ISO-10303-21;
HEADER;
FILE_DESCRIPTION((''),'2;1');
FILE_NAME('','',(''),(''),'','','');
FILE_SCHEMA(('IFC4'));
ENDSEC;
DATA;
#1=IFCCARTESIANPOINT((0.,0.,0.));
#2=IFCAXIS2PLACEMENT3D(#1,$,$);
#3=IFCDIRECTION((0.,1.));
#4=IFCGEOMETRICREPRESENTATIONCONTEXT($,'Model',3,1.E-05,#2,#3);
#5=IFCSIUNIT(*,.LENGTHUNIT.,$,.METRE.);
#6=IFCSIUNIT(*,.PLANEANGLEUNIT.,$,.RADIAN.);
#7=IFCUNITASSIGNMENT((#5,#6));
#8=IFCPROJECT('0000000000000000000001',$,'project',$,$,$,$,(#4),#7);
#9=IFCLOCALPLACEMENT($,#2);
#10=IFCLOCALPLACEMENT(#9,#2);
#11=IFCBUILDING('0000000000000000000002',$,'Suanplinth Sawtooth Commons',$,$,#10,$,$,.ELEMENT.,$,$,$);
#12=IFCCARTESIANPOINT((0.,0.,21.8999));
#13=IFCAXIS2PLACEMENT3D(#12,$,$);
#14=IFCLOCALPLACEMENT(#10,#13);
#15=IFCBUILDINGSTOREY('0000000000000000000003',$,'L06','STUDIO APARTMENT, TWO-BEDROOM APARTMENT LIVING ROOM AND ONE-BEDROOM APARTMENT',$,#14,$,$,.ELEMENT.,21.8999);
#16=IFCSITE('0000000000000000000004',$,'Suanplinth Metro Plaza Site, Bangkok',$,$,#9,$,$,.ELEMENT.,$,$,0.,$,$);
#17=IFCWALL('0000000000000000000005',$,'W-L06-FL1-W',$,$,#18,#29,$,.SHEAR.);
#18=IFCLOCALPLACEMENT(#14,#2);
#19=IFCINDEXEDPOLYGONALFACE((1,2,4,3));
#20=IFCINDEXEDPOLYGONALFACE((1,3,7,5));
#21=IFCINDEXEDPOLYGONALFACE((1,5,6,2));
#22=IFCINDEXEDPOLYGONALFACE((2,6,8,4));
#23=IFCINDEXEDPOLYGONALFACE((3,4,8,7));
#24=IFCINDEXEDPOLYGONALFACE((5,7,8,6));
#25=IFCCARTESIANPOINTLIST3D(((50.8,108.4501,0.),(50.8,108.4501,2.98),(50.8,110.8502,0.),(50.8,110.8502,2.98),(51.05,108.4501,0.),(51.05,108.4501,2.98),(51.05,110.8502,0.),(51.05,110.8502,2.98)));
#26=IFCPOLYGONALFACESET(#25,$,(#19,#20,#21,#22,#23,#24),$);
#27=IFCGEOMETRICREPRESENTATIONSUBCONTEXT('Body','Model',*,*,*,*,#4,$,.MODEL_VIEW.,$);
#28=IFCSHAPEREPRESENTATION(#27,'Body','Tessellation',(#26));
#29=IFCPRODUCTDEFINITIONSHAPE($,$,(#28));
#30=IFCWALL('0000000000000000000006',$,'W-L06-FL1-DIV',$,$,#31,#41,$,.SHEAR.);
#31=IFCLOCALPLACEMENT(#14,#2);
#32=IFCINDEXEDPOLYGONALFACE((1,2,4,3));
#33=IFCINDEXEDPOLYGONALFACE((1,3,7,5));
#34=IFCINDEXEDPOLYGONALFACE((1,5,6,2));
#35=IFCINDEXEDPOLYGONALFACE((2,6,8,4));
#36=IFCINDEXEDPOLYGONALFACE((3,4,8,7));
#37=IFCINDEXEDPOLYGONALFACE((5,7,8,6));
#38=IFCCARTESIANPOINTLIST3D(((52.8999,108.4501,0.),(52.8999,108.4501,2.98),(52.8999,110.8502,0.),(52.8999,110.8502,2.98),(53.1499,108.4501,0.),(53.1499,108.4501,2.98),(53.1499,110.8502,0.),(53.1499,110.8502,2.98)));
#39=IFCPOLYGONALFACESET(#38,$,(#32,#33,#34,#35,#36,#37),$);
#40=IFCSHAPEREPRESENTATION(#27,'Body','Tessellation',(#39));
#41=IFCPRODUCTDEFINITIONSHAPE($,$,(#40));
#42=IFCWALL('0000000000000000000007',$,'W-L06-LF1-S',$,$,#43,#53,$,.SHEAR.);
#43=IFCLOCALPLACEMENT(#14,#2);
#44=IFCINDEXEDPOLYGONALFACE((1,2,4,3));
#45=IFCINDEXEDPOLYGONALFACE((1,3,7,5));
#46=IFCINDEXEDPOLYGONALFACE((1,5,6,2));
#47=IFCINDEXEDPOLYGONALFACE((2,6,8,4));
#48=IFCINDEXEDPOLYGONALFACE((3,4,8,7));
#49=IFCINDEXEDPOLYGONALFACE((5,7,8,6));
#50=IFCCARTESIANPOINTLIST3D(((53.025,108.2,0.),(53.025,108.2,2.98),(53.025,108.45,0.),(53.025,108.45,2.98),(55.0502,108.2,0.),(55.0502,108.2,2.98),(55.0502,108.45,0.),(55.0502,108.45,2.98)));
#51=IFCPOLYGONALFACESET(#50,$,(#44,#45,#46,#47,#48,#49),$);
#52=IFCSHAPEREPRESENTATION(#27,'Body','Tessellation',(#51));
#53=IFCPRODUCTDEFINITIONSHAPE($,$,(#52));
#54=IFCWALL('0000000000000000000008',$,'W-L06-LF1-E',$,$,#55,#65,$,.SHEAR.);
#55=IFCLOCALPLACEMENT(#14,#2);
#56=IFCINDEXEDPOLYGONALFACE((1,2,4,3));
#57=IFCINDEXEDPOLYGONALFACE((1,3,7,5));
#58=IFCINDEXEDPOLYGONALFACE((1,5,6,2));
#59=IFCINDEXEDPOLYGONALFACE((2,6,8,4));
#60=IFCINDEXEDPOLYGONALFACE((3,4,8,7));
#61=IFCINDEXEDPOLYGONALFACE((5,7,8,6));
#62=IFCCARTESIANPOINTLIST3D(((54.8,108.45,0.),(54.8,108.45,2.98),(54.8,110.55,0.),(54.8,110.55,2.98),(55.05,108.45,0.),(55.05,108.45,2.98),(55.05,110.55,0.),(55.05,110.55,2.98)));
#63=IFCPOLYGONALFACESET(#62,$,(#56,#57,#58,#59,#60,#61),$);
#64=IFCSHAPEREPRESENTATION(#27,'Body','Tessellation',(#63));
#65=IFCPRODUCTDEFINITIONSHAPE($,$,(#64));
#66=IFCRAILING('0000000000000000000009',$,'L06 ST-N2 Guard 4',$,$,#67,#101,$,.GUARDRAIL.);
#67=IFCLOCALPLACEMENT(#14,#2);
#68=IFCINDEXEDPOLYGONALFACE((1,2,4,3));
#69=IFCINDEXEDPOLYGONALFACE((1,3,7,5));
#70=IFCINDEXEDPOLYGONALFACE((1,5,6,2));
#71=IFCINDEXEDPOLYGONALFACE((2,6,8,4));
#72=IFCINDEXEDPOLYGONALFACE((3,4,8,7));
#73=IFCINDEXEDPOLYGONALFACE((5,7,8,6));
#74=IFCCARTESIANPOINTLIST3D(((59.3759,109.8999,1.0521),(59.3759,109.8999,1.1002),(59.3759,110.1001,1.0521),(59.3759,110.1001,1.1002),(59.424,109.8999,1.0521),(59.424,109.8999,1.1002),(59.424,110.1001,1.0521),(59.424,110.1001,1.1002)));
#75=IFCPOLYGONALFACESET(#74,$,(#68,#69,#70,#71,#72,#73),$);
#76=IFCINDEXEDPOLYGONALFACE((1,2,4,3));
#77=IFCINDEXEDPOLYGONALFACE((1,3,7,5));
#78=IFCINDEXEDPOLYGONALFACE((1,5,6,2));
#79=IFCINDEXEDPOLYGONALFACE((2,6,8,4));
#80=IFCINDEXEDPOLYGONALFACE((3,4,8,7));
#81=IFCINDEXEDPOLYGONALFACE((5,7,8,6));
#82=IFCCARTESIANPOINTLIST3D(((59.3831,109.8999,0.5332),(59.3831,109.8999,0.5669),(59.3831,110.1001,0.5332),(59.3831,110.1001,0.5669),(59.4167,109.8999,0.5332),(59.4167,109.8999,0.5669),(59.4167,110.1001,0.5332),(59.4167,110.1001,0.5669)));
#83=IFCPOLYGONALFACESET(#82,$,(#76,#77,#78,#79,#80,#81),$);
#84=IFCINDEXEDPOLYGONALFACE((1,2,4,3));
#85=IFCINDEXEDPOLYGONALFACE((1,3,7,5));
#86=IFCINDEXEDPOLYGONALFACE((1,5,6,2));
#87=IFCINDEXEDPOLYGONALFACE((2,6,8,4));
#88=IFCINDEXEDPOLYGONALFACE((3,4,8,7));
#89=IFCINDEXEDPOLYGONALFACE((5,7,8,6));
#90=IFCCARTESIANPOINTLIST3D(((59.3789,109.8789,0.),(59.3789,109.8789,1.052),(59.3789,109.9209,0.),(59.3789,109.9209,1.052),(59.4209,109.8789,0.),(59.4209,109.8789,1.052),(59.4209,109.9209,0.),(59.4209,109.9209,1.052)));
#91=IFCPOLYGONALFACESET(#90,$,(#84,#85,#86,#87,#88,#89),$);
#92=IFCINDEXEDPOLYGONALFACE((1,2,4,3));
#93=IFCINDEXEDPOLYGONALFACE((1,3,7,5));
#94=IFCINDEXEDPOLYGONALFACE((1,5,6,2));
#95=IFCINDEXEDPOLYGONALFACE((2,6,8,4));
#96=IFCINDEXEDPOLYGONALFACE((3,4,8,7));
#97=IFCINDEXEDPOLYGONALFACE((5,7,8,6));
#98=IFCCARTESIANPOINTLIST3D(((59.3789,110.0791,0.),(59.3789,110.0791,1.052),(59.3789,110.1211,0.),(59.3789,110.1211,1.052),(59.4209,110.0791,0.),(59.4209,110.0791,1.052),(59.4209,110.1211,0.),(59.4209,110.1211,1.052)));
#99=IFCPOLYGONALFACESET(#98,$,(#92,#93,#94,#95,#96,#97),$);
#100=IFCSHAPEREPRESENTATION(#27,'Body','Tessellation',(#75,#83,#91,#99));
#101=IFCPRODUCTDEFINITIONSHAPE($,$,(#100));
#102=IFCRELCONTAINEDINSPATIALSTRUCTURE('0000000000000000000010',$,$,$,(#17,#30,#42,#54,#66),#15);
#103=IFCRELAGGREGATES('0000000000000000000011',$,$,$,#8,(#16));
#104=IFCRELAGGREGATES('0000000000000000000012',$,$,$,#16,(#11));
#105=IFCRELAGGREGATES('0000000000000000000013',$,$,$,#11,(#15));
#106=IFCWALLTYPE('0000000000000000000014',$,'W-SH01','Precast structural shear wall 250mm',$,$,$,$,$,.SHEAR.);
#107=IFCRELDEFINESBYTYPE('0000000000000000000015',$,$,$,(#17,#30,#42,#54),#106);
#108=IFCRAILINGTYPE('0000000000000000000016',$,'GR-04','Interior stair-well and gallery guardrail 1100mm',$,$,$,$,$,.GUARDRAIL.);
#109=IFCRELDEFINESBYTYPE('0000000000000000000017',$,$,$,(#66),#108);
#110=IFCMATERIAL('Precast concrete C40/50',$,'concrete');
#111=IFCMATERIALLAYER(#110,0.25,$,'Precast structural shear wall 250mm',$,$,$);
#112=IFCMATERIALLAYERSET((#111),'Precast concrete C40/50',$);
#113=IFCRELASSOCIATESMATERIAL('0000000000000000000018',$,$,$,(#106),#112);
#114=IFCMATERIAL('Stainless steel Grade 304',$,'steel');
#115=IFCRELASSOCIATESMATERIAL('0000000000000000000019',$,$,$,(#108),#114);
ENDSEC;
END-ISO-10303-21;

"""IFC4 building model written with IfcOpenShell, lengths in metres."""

from ifc_helpers import new_model, si_unit, direction, frame, frame_2d, origin, origin_2d, place, context, subcontext, project, spatial, rectangle, extrude, material, layer, layer_set, type_object, element, save


model = new_model("IFC4")

# Units and contexts
model_context = context("Model", 3, precision=1e-05, world=origin(), true_north=direction((0.0, 1.0)))
body_context = subcontext(model_context, "Body", "Model", "MODEL_VIEW")
ifc_project = project(units=[si_unit("LENGTHUNIT", "METRE"), si_unit("PLANEANGLEUNIT", "RADIAN")], contexts=[model_context])

# Site, building, storey
site_placement = place(None, origin())
site = spatial("IfcSite", under=ifc_project, at=site_placement, Name="Suanplinth Metro Plaza Site, Bangkok", CompositionType="ELEMENT", RefElevation=0.0)
building_placement = place(site_placement, origin())
building = spatial("IfcBuilding", under=site, at=building_placement, Name="Suanplinth Sawtooth Commons", CompositionType="ELEMENT")
storey_placement = place(building_placement, frame((0.0, 0.0, 21.8999)))
storey = spatial("IfcBuildingStorey", under=building, at=storey_placement, Name="L06", Description="STUDIO APARTMENT, TWO-BEDROOM APARTMENT LIVING ROOM AND ONE-BEDROOM APARTMENT", CompositionType="ELEMENT", Elevation=21.8999)

# Shared definitions
ifc_material_1 = material(Name="Precast concrete C40/50", Category="concrete")

# Shared definitions
ifc_layer_1 = layer(ifc_material_1, 0.25, Name="Precast structural shear wall 250mm")
ifc_layer_set_1 = layer_set([ifc_layer_1], Name="Precast concrete C40/50")
wall_type_1 = type_object("IfcWallType", Name="W-SH01", Description="Precast structural shear wall 250mm", PredefinedType="SHEAR", material=ifc_layer_set_1)
ifc_material_2 = material(Name="Stainless steel Grade 304", Category="steel")

# Walls
for number, where, z_axis, x_axis, name in (
    (1, (50.925, 108.45, 0.0), (0.0, 0.0, 1.0), (0.0, 1.0, 0.0), "W-L06-FL1-W"),
    (2, (53.0249, 108.45, 0.0), (0.0, 0.0, 1.0), (0.0, 1.0, 0.0), "W-L06-FL1-DIV"),
):
    element("IfcWall", number, at=place(storey_placement, frame(where, z_axis=z_axis, x_axis=x_axis)), inside=storey, type_object=wall_type_1, Name=name, PredefinedType="SHEAR", context=body_context, shape_type="SweptSolid", body=[
        extrude(rectangle(XDim=2.4001, YDim=0.25, at=frame_2d((1.2002, 0.0))), origin(), (0.0, 0.0, 1.0), 2.98),
    ])
wall_1_placement = place(storey_placement, frame((53.0249, 108.325, 0.0), z_axis=(0.0, 0.0, 1.0), x_axis=(1.0, 0.0, 0.0)))
element("IfcWall", 3, at=wall_1_placement, inside=storey, type_object=wall_type_1, Name="W-L06-LF1-S", PredefinedType="SHEAR", context=body_context, shape_type="SweptSolid", body=[
    extrude(rectangle(XDim=2.0251, YDim=0.25, at=frame_2d((1.0127, 0.0))), origin(), (0.0, 0.0, 1.0), 2.98),
])

# Wall
wall_2_placement = place(storey_placement, frame((54.925, 108.45, 0.0), z_axis=(0.0, 0.0, 1.0), x_axis=(0.0, 1.0, 0.0)))
element("IfcWall", 4, at=wall_2_placement, inside=storey, type_object=wall_type_1, Name="W-L06-LF1-E", PredefinedType="SHEAR", context=body_context, shape_type="SweptSolid", body=[
    extrude(rectangle(XDim=2.1001, YDim=0.25, at=frame_2d((1.05, 0.0))), origin(), (0.0, 0.0, 1.0), 2.98),
])

# Railing
railing_type = type_object("IfcRailingType", Name="GR-04", Description="Interior stair-well and gallery guardrail 1100mm", PredefinedType="GUARDRAIL", material=ifc_material_2)
railing_placement = place(storey_placement, frame((59.3999, 109.8999, 0.0)))
element("IfcRailing", 5, at=railing_placement, inside=storey, type_object=railing_type, Name="L06 ST-N2 Guard 4", PredefinedType="GUARDRAIL", context=body_context, shape_type="SweptSolid", body=[
    extrude(rectangle(XDim=0.0481, YDim=0.0481, at=origin_2d()), frame((0.0, 0.0, 1.0762), z_axis=(0.0, 1.0, 0.0), x_axis=(-1.0, 0.0, 0.0)), (0.0, 0.0, 1.0), 0.2002),
    extrude(rectangle(XDim=0.0337, YDim=0.0337, at=origin_2d()), frame((0.0, 0.0, 0.55), z_axis=(0.0, 1.0, 0.0), x_axis=(-1.0, 0.0, 0.0)), (0.0, 0.0, 1.0), 0.2002),
    extrude(rectangle(XDim=0.042, YDim=0.042, at=origin_2d()), origin(), (0.0, 0.0, 1.0), 1.052),
    extrude(rectangle(XDim=0.042, YDim=0.042, at=origin_2d()), frame((0.0, 0.2002, 0.0)), (0.0, 0.0, 1.0), 1.052),
])

save(model, "model.ifc")
